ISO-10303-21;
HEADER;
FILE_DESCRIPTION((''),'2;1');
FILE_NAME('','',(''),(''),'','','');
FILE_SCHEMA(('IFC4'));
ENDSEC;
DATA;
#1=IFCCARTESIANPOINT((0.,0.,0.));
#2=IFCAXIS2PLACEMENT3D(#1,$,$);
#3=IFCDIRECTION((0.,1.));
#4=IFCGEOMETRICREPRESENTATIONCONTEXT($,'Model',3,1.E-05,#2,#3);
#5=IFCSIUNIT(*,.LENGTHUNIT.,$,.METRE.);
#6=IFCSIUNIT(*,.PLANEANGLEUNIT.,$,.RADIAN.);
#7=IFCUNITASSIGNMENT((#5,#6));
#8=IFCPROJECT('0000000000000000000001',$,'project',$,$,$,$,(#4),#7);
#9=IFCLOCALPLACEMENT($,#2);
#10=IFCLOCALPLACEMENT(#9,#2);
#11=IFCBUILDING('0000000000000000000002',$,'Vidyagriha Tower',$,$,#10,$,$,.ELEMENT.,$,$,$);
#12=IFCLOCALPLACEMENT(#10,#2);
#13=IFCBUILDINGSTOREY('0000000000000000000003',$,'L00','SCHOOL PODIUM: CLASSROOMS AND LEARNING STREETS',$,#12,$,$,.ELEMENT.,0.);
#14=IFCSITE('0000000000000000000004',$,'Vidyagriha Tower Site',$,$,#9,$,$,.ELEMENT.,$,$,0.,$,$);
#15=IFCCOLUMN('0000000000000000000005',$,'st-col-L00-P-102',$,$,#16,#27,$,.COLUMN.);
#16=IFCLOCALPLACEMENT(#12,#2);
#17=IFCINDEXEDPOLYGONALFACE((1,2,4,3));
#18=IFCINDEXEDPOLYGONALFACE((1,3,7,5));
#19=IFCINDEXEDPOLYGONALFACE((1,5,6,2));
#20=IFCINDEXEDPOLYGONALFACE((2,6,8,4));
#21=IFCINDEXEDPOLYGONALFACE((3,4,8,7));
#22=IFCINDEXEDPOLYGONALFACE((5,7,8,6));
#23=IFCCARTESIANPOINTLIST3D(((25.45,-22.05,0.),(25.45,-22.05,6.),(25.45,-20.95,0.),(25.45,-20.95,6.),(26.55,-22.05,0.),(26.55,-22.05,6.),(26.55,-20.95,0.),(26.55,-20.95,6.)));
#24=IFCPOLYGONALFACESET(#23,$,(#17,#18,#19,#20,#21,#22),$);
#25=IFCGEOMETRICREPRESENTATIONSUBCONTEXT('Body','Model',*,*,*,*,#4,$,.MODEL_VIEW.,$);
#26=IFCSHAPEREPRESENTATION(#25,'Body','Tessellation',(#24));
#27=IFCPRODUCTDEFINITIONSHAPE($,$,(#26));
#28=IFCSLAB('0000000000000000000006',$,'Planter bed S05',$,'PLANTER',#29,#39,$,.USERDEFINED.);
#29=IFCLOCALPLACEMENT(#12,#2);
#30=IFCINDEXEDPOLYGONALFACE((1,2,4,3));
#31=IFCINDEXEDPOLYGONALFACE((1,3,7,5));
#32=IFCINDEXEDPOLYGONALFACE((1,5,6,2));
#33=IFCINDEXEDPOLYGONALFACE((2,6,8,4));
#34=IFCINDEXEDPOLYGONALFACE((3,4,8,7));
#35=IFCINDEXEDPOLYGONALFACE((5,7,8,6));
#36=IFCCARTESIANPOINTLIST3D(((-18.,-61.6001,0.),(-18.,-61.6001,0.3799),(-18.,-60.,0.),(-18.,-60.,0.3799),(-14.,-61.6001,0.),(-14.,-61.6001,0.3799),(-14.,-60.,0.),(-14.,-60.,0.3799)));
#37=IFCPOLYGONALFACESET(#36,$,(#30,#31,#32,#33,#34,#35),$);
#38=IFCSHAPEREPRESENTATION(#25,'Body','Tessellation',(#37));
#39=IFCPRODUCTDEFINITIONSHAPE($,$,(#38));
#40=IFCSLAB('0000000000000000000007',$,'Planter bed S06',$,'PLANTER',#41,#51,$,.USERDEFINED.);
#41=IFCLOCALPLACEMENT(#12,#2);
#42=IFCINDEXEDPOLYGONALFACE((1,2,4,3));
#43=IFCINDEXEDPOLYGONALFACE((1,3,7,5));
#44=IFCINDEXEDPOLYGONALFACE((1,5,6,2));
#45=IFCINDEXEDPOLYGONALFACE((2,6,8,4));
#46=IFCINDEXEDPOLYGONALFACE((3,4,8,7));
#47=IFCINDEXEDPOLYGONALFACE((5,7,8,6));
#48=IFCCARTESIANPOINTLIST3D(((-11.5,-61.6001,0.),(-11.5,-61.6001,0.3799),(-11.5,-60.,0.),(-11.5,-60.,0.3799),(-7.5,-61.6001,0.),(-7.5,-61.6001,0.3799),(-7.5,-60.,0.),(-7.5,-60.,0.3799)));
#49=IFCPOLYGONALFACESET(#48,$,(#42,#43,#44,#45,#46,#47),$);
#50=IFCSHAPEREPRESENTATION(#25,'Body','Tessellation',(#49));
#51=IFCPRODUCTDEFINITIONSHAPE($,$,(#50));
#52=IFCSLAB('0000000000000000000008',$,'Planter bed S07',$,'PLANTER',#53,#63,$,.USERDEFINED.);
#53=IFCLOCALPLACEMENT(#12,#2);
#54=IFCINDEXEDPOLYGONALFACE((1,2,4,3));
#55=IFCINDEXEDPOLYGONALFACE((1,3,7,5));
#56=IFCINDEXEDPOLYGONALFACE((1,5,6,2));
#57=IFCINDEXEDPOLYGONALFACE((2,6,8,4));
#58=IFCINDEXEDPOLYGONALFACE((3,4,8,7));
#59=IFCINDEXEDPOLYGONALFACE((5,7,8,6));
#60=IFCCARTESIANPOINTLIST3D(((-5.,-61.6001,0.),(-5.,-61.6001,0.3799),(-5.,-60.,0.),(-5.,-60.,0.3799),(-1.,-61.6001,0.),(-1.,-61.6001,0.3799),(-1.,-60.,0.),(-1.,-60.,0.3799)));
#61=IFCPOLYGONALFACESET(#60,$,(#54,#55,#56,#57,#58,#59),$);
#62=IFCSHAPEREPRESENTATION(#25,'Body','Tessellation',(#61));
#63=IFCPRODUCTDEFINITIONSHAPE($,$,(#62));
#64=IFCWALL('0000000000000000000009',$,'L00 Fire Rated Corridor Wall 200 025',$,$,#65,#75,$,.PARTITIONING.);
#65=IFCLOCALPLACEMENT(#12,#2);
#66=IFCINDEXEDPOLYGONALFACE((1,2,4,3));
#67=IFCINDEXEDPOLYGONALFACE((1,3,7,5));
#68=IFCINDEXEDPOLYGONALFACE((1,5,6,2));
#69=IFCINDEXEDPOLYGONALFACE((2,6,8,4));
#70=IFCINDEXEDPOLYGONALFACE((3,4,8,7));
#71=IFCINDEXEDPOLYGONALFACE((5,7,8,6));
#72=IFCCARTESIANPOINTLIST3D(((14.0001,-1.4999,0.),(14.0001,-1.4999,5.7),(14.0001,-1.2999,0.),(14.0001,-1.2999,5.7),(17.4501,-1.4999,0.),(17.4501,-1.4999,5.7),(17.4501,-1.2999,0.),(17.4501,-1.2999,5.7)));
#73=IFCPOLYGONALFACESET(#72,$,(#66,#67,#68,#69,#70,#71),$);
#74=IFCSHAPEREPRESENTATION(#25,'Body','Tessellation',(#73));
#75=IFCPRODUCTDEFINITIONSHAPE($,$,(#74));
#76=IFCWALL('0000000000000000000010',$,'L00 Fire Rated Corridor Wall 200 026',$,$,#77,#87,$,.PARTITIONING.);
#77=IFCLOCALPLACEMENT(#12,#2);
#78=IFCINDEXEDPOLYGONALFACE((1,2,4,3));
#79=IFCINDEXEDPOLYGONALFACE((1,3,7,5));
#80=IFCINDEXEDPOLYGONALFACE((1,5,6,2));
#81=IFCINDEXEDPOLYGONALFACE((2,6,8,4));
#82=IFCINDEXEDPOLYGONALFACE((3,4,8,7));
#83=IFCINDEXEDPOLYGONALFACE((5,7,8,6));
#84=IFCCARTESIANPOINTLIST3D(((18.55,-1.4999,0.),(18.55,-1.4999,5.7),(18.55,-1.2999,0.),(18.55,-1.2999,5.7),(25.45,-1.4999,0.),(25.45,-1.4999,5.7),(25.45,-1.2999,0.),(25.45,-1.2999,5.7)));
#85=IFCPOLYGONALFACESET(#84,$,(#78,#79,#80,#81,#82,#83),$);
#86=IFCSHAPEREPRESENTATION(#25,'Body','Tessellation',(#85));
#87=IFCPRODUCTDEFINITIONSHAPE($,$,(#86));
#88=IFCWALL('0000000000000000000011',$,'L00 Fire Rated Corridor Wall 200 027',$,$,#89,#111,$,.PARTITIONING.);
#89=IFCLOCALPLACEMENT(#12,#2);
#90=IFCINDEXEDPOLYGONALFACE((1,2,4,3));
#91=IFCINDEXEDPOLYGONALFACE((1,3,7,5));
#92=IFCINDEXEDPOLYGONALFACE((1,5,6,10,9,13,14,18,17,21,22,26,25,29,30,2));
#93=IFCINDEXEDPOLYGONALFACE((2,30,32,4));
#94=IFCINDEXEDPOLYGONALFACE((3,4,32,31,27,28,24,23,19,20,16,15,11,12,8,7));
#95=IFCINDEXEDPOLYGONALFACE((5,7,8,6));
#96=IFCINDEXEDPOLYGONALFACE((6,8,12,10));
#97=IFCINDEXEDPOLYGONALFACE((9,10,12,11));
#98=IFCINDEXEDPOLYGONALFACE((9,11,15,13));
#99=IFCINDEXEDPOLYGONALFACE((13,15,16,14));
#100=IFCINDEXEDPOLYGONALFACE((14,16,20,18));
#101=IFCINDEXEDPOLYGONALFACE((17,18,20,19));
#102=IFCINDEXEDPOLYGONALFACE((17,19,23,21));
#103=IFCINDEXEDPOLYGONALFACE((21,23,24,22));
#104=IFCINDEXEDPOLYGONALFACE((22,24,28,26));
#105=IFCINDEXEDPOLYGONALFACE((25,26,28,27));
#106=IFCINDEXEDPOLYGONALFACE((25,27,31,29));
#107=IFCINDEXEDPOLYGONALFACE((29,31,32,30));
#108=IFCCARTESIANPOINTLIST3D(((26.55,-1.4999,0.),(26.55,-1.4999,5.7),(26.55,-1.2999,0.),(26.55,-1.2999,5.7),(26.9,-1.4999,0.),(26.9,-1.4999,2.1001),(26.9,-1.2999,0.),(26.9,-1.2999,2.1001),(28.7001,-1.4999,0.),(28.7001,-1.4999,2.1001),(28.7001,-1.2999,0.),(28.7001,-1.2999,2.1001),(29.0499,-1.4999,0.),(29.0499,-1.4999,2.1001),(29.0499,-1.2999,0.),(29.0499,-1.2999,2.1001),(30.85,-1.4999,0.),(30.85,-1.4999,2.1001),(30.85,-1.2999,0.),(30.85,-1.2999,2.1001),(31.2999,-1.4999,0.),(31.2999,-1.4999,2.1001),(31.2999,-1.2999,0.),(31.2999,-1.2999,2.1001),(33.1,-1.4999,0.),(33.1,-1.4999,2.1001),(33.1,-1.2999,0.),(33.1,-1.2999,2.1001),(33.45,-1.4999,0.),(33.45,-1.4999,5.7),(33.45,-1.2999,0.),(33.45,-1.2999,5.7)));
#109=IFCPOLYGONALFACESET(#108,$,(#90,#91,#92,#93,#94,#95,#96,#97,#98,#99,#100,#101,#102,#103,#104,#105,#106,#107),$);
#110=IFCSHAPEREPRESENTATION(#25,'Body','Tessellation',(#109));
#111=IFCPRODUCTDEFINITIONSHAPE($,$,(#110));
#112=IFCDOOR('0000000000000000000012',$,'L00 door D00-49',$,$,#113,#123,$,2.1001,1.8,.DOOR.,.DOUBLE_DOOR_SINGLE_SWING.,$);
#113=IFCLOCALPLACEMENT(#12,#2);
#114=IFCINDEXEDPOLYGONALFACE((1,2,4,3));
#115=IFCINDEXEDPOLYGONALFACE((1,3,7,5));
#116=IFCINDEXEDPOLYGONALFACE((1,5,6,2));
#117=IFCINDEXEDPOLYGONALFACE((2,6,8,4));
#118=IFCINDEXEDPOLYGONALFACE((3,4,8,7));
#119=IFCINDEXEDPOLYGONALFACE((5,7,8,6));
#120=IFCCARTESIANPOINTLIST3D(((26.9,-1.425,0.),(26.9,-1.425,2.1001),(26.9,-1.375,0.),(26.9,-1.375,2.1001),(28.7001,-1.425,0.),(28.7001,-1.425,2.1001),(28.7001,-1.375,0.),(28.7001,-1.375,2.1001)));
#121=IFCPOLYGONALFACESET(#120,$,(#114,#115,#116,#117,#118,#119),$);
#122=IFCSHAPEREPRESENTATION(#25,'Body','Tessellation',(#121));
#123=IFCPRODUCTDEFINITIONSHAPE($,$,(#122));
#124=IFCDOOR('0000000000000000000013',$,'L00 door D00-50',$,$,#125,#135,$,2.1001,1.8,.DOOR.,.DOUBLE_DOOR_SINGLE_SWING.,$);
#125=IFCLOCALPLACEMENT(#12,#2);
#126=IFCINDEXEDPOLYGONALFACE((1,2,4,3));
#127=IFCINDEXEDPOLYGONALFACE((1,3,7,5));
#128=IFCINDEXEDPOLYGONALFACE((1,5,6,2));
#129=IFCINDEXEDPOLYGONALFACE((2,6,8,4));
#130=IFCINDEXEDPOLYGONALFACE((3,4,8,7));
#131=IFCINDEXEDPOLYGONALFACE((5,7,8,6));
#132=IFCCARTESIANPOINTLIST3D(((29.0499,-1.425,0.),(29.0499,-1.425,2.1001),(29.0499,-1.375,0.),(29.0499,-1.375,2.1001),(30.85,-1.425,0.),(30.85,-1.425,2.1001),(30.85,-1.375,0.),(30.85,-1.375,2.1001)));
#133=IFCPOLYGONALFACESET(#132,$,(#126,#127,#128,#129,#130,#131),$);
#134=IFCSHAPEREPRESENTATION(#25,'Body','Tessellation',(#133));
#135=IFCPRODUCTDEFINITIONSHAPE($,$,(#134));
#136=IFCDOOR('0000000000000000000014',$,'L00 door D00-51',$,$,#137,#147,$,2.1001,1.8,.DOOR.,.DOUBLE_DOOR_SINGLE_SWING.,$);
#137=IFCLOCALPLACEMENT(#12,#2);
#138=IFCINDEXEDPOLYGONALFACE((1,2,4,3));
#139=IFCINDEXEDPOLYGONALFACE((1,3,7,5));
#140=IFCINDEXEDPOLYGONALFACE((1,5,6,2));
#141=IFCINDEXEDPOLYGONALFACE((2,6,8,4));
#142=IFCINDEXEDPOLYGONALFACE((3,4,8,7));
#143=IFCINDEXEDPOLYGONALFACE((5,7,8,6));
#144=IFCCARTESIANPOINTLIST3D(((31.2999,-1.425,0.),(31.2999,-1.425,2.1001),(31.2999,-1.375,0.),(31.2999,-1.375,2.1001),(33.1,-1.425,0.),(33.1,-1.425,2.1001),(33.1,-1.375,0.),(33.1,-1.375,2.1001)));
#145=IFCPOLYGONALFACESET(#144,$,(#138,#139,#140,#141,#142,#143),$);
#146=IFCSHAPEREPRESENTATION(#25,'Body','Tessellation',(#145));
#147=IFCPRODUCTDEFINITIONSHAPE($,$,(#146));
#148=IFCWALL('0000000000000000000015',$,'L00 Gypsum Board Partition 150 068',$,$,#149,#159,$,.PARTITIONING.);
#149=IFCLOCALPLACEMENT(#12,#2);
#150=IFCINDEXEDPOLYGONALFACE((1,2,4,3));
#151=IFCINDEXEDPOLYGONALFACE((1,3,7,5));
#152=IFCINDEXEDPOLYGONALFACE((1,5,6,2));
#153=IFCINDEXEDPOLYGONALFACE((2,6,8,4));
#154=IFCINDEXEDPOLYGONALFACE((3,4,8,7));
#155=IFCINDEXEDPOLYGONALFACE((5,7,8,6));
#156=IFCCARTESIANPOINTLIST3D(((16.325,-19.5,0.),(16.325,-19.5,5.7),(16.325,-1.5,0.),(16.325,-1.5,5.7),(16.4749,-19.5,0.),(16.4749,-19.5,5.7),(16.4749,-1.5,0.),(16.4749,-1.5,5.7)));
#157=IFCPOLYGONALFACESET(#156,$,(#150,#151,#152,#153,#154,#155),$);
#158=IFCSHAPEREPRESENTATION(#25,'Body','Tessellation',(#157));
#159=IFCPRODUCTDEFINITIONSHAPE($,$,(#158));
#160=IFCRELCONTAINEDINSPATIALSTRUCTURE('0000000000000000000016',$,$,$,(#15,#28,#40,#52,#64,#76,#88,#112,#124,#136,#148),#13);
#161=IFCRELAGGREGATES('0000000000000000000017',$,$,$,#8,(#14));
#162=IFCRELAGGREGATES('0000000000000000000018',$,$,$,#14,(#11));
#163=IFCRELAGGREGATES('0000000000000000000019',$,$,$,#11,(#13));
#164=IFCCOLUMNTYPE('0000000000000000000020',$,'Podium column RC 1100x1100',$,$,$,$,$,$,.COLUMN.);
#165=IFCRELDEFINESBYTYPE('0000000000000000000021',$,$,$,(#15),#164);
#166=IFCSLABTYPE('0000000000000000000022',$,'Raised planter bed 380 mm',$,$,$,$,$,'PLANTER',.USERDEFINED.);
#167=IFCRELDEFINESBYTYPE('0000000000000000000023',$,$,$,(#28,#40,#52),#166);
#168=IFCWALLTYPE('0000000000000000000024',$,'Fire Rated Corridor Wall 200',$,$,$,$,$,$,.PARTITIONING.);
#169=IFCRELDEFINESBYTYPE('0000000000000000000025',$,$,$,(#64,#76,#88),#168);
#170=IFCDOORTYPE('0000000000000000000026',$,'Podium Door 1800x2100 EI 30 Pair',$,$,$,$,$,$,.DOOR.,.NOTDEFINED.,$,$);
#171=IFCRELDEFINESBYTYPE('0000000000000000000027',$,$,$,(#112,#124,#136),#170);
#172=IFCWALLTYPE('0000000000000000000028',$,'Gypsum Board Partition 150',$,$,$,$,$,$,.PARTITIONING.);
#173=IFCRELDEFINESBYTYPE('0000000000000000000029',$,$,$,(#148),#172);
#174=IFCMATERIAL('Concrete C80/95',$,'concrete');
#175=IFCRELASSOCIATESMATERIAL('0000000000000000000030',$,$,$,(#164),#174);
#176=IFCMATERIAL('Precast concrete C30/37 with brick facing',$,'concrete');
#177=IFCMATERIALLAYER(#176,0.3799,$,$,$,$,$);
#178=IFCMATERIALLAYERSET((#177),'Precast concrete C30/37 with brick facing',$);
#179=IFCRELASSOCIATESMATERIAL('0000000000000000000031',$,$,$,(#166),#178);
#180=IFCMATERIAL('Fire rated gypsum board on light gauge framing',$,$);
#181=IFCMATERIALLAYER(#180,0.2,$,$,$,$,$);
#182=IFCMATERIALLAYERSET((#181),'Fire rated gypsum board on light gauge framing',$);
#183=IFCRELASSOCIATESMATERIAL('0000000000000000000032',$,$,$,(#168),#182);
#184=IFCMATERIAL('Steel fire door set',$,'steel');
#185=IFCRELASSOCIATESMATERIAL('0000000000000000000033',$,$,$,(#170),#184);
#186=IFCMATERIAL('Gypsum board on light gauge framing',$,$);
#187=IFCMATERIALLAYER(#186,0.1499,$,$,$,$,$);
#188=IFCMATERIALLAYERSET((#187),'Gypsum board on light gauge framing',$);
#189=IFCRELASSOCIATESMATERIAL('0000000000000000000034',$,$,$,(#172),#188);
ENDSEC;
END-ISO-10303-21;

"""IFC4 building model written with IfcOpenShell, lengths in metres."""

from ifc_helpers import new_model, si_unit, direction, frame, frame_2d, origin, origin_2d, place, context, subcontext, project, spatial, polyline, rectangle, outline, extrude, material, layer, layer_set, material_profile, profile_set, type_object, element, fill, save


model = new_model("IFC4")

# Units and contexts
model_context = context("Model", 3, precision=1e-05, world=origin(), true_north=direction((0.0, 1.0)))
body_context = subcontext(model_context, "Body", "Model", "MODEL_VIEW")
ifc_project = project(units=[si_unit("LENGTHUNIT", "METRE"), si_unit("PLANEANGLEUNIT", "RADIAN")], contexts=[model_context])

# Site, building, storey
site_placement = place(None, origin())
site = spatial("IfcSite", under=ifc_project, at=site_placement, Name="Vidyagriha Tower Site", CompositionType="ELEMENT", RefElevation=0.0)
building_placement = place(site_placement, origin())
building = spatial("IfcBuilding", under=site, at=building_placement, Name="Vidyagriha Tower", CompositionType="ELEMENT")
storey_placement = place(building_placement, origin())
storey = spatial("IfcBuildingStorey", under=building, at=storey_placement, Name="L00", Description="SCHOOL PODIUM: CLASSROOMS AND LEARNING STREETS", CompositionType="ELEMENT", Elevation=0.0)

# Column
ifc_material_1 = material(Name="Concrete C80/95", Category="concrete")
ifc_material_profile_1 = material_profile(ifc_material_1, rectangle(XDim=1.1001, YDim=1.1001, at=origin_2d()), Name="RC 1100x1100")
ifc_profile_set_1 = profile_set([ifc_material_profile_1], Name="Concrete C80/95")
column_type_1 = type_object("IfcColumnType", Name="Podium column RC 1100x1100", PredefinedType="COLUMN", material=ifc_profile_set_1)
for number, where, name in (
    (1, (26.0, -21.5, 0.0), "st-col-L00-P-102"),
):
    element("IfcColumn", number, at=place(storey_placement, frame(where)), inside=storey, type_object=column_type_1, Name=name, PredefinedType="COLUMN", context=body_context, shape_type="SweptSolid", body=[
        extrude(rectangle(XDim=1.1001, YDim=1.1001, at=origin_2d()), origin(), (0.0, 0.0, 1.0), 6.0),
    ])

# Slabs
ifc_material_2 = material(Name="Precast concrete C30/37 with brick facing", Category="concrete")
ifc_layer_1 = layer(ifc_material_2, 0.3799)
ifc_layer_set_1 = layer_set([ifc_layer_1], Name="Precast concrete C30/37 with brick facing")
slab_type = type_object("IfcSlabType", Name="Raised planter bed 380 mm", ElementType="PLANTER", PredefinedType="USERDEFINED", material=ifc_layer_set_1)
slab_1_placement = place(storey_placement, origin())
element("IfcSlab", 2, at=slab_1_placement, inside=storey, type_object=slab_type, Name="Planter bed S05", ObjectType="PLANTER", PredefinedType="USERDEFINED", context=body_context, shape_type="SweptSolid", body=[
    extrude(outline(polyline([(-18.0, -61.6001), (-14.0, -61.6001), (-14.0, -60.0), (-18.0, -60.0), (-18.0, -61.6001)])), origin(), (0.0, 0.0, 1.0), 0.3799),
])
slab_2_placement = place(storey_placement, origin())
element("IfcSlab", 3, at=slab_2_placement, inside=storey, type_object=slab_type, Name="Planter bed S06", ObjectType="PLANTER", PredefinedType="USERDEFINED", context=body_context, shape_type="SweptSolid", body=[
    extrude(outline(polyline([(-11.5, -61.6001), (-7.5, -61.6001), (-7.5, -60.0), (-11.5, -60.0), (-11.5, -61.6001)])), origin(), (0.0, 0.0, 1.0), 0.3799),
])
slab_3_placement = place(storey_placement, origin())
element("IfcSlab", 4, at=slab_3_placement, inside=storey, type_object=slab_type, Name="Planter bed S07", ObjectType="PLANTER", PredefinedType="USERDEFINED", context=body_context, shape_type="SweptSolid", body=[
    extrude(outline(polyline([(-5.0, -61.6001), (-1.0, -61.6001), (-1.0, -60.0), (-5.0, -60.0), (-5.0, -61.6001)])), origin(), (0.0, 0.0, 1.0), 0.3799),
])

# Walls
ifc_material_3 = material(Name="Fire rated gypsum board on light gauge framing")
ifc_layer_2 = layer(ifc_material_3, 0.2)
ifc_layer_set_2 = layer_set([ifc_layer_2], Name="Fire rated gypsum board on light gauge framing")
wall_type_1 = type_object("IfcWallType", Name="Fire Rated Corridor Wall 200", PredefinedType="PARTITIONING", material=ifc_layer_set_2)
wall_1_placement = place(storey_placement, frame((14.0, -1.3999, 0.0)))
element("IfcWall", 5, at=wall_1_placement, inside=storey, type_object=wall_type_1, Name="L00 Fire Rated Corridor Wall 200 025", PredefinedType="PARTITIONING", context=body_context, shape_type="SweptSolid", body=[
    extrude(rectangle(XDim=3.45, YDim=0.2, at=frame_2d((1.7251, 0.0))), origin(), (0.0, 0.0, 1.0), 5.7),
])
wall_2_placement = place(storey_placement, frame((18.55, -1.3999, 0.0)))
element("IfcWall", 6, at=wall_2_placement, inside=storey, type_object=wall_type_1, Name="L00 Fire Rated Corridor Wall 200 026", PredefinedType="PARTITIONING", context=body_context, shape_type="SweptSolid", body=[
    extrude(rectangle(XDim=6.8999, YDim=0.2, at=frame_2d((3.45, 0.0))), origin(), (0.0, 0.0, 1.0), 5.7),
])

# Wall, openings, doors
wall_3_placement = place(storey_placement, frame((26.55, -1.3999, 0.0)))
wall_3 = element("IfcWall", 7, at=wall_3_placement, inside=storey, type_object=wall_type_1, Name="L00 Fire Rated Corridor Wall 200 027", PredefinedType="PARTITIONING", context=body_context, shape_type="SweptSolid", body=[
    extrude(rectangle(XDim=6.8999, YDim=0.2, at=frame_2d((3.45, 0.0))), origin(), (0.0, 0.0, 1.0), 5.7),
])
opening_1_placement = place(wall_3_placement, frame((0.3501, 0.0, 0.0)))
opening_1 = element("IfcOpeningElement", 8, at=opening_1_placement, cuts=wall_3, PredefinedType="OPENING", context=body_context, shape_type="SweptSolid", body=[
    extrude(rectangle(XDim=1.8, YDim=2.1001, at=frame_2d((0.8999, 1.05))), frame((0.0, 0.1099, 0.0), z_axis=(0.0, -1.0, 0.0), x_axis=(1.0, 0.0, 0.0)), (0.0, 0.0, 1.0), 0.22),
])
opening_2_placement = place(wall_3_placement, frame((2.5, 0.0, 0.0)))
opening_2 = element("IfcOpeningElement", 9, at=opening_2_placement, cuts=wall_3, PredefinedType="OPENING", context=body_context, shape_type="SweptSolid", body=[
    extrude(rectangle(XDim=1.8, YDim=2.1001, at=frame_2d((0.8999, 1.05))), frame((0.0, 0.1099, 0.0), z_axis=(0.0, -1.0, 0.0), x_axis=(1.0, 0.0, 0.0)), (0.0, 0.0, 1.0), 0.22),
])
opening_3_placement = place(wall_3_placement, frame((4.75, 0.0, 0.0)))
opening_3 = element("IfcOpeningElement", 10, at=opening_3_placement, cuts=wall_3, PredefinedType="OPENING", context=body_context, shape_type="SweptSolid", body=[
    extrude(rectangle(XDim=1.8, YDim=2.1001, at=frame_2d((0.8999, 1.05))), frame((0.0, 0.1099, 0.0), z_axis=(0.0, -1.0, 0.0), x_axis=(1.0, 0.0, 0.0)), (0.0, 0.0, 1.0), 0.22),
])
ifc_material_4 = material(Name="Steel fire door set", Category="steel")
door_type = type_object("IfcDoorType", Name="Podium Door 1800x2100 EI 30 Pair", OperationType="NOTDEFINED", PredefinedType="DOOR", material=ifc_material_4)
door_1_placement = place(opening_1_placement, origin())
door_1 = element("IfcDoor", 11, at=door_1_placement, inside=storey, type_object=door_type, Name="L00 door D00-49", OperationType="DOUBLE_DOOR_SINGLE_SWING", OverallHeight=2.1001, OverallWidth=1.8, PredefinedType="DOOR", context=body_context, shape_type="SweptSolid", body=[
    extrude(rectangle(XDim=1.8, YDim=2.1001, at=frame_2d((0.8999, 1.05))), frame((0.0, 0.0249, 0.0), z_axis=(0.0, -1.0, 0.0), x_axis=(1.0, 0.0, 0.0)), (0.0, 0.0, 1.0), 0.05),
])
fill(opening_1, door_1)
door_2_placement = place(opening_2_placement, origin())
door_2 = element("IfcDoor", 12, at=door_2_placement, inside=storey, type_object=door_type, Name="L00 door D00-50", OperationType="DOUBLE_DOOR_SINGLE_SWING", OverallHeight=2.1001, OverallWidth=1.8, PredefinedType="DOOR", context=body_context, shape_type="SweptSolid", body=[
    extrude(rectangle(XDim=1.8, YDim=2.1001, at=frame_2d((0.8999, 1.05))), frame((0.0, 0.0249, 0.0), z_axis=(0.0, -1.0, 0.0), x_axis=(1.0, 0.0, 0.0)), (0.0, 0.0, 1.0), 0.05),
])
fill(opening_2, door_2)
door_3_placement = place(opening_3_placement, origin())
door_3 = element("IfcDoor", 13, at=door_3_placement, inside=storey, type_object=door_type, Name="L00 door D00-51", OperationType="DOUBLE_DOOR_SINGLE_SWING", OverallHeight=2.1001, OverallWidth=1.8, PredefinedType="DOOR", context=body_context, shape_type="SweptSolid", body=[
    extrude(rectangle(XDim=1.8, YDim=2.1001, at=frame_2d((0.8999, 1.05))), frame((0.0, 0.0249, 0.0), z_axis=(0.0, -1.0, 0.0), x_axis=(1.0, 0.0, 0.0)), (0.0, 0.0, 1.0), 0.05),
])
fill(opening_3, door_3)

# Wall
ifc_material_5 = material(Name="Gypsum board on light gauge framing")
ifc_layer_3 = layer(ifc_material_5, 0.1499)
ifc_layer_set_3 = layer_set([ifc_layer_3], Name="Gypsum board on light gauge framing")
wall_type_2 = type_object("IfcWallType", Name="Gypsum Board Partition 150", PredefinedType="PARTITIONING", material=ifc_layer_set_3)
wall_4_placement = place(storey_placement, frame((16.3999, -19.5, 0.0), z_axis=(0.0, 0.0, 1.0), x_axis=(0.0, 1.0, 0.0)))
element("IfcWall", 14, at=wall_4_placement, inside=storey, type_object=wall_type_2, Name="L00 Gypsum Board Partition 150 068", PredefinedType="PARTITIONING", context=body_context, shape_type="SweptSolid", body=[
    extrude(rectangle(XDim=18.0, YDim=0.1499, at=frame_2d((9.0, 0.0))), origin(), (0.0, 0.0, 1.0), 5.7),
])

save(model, "model.ifc")
